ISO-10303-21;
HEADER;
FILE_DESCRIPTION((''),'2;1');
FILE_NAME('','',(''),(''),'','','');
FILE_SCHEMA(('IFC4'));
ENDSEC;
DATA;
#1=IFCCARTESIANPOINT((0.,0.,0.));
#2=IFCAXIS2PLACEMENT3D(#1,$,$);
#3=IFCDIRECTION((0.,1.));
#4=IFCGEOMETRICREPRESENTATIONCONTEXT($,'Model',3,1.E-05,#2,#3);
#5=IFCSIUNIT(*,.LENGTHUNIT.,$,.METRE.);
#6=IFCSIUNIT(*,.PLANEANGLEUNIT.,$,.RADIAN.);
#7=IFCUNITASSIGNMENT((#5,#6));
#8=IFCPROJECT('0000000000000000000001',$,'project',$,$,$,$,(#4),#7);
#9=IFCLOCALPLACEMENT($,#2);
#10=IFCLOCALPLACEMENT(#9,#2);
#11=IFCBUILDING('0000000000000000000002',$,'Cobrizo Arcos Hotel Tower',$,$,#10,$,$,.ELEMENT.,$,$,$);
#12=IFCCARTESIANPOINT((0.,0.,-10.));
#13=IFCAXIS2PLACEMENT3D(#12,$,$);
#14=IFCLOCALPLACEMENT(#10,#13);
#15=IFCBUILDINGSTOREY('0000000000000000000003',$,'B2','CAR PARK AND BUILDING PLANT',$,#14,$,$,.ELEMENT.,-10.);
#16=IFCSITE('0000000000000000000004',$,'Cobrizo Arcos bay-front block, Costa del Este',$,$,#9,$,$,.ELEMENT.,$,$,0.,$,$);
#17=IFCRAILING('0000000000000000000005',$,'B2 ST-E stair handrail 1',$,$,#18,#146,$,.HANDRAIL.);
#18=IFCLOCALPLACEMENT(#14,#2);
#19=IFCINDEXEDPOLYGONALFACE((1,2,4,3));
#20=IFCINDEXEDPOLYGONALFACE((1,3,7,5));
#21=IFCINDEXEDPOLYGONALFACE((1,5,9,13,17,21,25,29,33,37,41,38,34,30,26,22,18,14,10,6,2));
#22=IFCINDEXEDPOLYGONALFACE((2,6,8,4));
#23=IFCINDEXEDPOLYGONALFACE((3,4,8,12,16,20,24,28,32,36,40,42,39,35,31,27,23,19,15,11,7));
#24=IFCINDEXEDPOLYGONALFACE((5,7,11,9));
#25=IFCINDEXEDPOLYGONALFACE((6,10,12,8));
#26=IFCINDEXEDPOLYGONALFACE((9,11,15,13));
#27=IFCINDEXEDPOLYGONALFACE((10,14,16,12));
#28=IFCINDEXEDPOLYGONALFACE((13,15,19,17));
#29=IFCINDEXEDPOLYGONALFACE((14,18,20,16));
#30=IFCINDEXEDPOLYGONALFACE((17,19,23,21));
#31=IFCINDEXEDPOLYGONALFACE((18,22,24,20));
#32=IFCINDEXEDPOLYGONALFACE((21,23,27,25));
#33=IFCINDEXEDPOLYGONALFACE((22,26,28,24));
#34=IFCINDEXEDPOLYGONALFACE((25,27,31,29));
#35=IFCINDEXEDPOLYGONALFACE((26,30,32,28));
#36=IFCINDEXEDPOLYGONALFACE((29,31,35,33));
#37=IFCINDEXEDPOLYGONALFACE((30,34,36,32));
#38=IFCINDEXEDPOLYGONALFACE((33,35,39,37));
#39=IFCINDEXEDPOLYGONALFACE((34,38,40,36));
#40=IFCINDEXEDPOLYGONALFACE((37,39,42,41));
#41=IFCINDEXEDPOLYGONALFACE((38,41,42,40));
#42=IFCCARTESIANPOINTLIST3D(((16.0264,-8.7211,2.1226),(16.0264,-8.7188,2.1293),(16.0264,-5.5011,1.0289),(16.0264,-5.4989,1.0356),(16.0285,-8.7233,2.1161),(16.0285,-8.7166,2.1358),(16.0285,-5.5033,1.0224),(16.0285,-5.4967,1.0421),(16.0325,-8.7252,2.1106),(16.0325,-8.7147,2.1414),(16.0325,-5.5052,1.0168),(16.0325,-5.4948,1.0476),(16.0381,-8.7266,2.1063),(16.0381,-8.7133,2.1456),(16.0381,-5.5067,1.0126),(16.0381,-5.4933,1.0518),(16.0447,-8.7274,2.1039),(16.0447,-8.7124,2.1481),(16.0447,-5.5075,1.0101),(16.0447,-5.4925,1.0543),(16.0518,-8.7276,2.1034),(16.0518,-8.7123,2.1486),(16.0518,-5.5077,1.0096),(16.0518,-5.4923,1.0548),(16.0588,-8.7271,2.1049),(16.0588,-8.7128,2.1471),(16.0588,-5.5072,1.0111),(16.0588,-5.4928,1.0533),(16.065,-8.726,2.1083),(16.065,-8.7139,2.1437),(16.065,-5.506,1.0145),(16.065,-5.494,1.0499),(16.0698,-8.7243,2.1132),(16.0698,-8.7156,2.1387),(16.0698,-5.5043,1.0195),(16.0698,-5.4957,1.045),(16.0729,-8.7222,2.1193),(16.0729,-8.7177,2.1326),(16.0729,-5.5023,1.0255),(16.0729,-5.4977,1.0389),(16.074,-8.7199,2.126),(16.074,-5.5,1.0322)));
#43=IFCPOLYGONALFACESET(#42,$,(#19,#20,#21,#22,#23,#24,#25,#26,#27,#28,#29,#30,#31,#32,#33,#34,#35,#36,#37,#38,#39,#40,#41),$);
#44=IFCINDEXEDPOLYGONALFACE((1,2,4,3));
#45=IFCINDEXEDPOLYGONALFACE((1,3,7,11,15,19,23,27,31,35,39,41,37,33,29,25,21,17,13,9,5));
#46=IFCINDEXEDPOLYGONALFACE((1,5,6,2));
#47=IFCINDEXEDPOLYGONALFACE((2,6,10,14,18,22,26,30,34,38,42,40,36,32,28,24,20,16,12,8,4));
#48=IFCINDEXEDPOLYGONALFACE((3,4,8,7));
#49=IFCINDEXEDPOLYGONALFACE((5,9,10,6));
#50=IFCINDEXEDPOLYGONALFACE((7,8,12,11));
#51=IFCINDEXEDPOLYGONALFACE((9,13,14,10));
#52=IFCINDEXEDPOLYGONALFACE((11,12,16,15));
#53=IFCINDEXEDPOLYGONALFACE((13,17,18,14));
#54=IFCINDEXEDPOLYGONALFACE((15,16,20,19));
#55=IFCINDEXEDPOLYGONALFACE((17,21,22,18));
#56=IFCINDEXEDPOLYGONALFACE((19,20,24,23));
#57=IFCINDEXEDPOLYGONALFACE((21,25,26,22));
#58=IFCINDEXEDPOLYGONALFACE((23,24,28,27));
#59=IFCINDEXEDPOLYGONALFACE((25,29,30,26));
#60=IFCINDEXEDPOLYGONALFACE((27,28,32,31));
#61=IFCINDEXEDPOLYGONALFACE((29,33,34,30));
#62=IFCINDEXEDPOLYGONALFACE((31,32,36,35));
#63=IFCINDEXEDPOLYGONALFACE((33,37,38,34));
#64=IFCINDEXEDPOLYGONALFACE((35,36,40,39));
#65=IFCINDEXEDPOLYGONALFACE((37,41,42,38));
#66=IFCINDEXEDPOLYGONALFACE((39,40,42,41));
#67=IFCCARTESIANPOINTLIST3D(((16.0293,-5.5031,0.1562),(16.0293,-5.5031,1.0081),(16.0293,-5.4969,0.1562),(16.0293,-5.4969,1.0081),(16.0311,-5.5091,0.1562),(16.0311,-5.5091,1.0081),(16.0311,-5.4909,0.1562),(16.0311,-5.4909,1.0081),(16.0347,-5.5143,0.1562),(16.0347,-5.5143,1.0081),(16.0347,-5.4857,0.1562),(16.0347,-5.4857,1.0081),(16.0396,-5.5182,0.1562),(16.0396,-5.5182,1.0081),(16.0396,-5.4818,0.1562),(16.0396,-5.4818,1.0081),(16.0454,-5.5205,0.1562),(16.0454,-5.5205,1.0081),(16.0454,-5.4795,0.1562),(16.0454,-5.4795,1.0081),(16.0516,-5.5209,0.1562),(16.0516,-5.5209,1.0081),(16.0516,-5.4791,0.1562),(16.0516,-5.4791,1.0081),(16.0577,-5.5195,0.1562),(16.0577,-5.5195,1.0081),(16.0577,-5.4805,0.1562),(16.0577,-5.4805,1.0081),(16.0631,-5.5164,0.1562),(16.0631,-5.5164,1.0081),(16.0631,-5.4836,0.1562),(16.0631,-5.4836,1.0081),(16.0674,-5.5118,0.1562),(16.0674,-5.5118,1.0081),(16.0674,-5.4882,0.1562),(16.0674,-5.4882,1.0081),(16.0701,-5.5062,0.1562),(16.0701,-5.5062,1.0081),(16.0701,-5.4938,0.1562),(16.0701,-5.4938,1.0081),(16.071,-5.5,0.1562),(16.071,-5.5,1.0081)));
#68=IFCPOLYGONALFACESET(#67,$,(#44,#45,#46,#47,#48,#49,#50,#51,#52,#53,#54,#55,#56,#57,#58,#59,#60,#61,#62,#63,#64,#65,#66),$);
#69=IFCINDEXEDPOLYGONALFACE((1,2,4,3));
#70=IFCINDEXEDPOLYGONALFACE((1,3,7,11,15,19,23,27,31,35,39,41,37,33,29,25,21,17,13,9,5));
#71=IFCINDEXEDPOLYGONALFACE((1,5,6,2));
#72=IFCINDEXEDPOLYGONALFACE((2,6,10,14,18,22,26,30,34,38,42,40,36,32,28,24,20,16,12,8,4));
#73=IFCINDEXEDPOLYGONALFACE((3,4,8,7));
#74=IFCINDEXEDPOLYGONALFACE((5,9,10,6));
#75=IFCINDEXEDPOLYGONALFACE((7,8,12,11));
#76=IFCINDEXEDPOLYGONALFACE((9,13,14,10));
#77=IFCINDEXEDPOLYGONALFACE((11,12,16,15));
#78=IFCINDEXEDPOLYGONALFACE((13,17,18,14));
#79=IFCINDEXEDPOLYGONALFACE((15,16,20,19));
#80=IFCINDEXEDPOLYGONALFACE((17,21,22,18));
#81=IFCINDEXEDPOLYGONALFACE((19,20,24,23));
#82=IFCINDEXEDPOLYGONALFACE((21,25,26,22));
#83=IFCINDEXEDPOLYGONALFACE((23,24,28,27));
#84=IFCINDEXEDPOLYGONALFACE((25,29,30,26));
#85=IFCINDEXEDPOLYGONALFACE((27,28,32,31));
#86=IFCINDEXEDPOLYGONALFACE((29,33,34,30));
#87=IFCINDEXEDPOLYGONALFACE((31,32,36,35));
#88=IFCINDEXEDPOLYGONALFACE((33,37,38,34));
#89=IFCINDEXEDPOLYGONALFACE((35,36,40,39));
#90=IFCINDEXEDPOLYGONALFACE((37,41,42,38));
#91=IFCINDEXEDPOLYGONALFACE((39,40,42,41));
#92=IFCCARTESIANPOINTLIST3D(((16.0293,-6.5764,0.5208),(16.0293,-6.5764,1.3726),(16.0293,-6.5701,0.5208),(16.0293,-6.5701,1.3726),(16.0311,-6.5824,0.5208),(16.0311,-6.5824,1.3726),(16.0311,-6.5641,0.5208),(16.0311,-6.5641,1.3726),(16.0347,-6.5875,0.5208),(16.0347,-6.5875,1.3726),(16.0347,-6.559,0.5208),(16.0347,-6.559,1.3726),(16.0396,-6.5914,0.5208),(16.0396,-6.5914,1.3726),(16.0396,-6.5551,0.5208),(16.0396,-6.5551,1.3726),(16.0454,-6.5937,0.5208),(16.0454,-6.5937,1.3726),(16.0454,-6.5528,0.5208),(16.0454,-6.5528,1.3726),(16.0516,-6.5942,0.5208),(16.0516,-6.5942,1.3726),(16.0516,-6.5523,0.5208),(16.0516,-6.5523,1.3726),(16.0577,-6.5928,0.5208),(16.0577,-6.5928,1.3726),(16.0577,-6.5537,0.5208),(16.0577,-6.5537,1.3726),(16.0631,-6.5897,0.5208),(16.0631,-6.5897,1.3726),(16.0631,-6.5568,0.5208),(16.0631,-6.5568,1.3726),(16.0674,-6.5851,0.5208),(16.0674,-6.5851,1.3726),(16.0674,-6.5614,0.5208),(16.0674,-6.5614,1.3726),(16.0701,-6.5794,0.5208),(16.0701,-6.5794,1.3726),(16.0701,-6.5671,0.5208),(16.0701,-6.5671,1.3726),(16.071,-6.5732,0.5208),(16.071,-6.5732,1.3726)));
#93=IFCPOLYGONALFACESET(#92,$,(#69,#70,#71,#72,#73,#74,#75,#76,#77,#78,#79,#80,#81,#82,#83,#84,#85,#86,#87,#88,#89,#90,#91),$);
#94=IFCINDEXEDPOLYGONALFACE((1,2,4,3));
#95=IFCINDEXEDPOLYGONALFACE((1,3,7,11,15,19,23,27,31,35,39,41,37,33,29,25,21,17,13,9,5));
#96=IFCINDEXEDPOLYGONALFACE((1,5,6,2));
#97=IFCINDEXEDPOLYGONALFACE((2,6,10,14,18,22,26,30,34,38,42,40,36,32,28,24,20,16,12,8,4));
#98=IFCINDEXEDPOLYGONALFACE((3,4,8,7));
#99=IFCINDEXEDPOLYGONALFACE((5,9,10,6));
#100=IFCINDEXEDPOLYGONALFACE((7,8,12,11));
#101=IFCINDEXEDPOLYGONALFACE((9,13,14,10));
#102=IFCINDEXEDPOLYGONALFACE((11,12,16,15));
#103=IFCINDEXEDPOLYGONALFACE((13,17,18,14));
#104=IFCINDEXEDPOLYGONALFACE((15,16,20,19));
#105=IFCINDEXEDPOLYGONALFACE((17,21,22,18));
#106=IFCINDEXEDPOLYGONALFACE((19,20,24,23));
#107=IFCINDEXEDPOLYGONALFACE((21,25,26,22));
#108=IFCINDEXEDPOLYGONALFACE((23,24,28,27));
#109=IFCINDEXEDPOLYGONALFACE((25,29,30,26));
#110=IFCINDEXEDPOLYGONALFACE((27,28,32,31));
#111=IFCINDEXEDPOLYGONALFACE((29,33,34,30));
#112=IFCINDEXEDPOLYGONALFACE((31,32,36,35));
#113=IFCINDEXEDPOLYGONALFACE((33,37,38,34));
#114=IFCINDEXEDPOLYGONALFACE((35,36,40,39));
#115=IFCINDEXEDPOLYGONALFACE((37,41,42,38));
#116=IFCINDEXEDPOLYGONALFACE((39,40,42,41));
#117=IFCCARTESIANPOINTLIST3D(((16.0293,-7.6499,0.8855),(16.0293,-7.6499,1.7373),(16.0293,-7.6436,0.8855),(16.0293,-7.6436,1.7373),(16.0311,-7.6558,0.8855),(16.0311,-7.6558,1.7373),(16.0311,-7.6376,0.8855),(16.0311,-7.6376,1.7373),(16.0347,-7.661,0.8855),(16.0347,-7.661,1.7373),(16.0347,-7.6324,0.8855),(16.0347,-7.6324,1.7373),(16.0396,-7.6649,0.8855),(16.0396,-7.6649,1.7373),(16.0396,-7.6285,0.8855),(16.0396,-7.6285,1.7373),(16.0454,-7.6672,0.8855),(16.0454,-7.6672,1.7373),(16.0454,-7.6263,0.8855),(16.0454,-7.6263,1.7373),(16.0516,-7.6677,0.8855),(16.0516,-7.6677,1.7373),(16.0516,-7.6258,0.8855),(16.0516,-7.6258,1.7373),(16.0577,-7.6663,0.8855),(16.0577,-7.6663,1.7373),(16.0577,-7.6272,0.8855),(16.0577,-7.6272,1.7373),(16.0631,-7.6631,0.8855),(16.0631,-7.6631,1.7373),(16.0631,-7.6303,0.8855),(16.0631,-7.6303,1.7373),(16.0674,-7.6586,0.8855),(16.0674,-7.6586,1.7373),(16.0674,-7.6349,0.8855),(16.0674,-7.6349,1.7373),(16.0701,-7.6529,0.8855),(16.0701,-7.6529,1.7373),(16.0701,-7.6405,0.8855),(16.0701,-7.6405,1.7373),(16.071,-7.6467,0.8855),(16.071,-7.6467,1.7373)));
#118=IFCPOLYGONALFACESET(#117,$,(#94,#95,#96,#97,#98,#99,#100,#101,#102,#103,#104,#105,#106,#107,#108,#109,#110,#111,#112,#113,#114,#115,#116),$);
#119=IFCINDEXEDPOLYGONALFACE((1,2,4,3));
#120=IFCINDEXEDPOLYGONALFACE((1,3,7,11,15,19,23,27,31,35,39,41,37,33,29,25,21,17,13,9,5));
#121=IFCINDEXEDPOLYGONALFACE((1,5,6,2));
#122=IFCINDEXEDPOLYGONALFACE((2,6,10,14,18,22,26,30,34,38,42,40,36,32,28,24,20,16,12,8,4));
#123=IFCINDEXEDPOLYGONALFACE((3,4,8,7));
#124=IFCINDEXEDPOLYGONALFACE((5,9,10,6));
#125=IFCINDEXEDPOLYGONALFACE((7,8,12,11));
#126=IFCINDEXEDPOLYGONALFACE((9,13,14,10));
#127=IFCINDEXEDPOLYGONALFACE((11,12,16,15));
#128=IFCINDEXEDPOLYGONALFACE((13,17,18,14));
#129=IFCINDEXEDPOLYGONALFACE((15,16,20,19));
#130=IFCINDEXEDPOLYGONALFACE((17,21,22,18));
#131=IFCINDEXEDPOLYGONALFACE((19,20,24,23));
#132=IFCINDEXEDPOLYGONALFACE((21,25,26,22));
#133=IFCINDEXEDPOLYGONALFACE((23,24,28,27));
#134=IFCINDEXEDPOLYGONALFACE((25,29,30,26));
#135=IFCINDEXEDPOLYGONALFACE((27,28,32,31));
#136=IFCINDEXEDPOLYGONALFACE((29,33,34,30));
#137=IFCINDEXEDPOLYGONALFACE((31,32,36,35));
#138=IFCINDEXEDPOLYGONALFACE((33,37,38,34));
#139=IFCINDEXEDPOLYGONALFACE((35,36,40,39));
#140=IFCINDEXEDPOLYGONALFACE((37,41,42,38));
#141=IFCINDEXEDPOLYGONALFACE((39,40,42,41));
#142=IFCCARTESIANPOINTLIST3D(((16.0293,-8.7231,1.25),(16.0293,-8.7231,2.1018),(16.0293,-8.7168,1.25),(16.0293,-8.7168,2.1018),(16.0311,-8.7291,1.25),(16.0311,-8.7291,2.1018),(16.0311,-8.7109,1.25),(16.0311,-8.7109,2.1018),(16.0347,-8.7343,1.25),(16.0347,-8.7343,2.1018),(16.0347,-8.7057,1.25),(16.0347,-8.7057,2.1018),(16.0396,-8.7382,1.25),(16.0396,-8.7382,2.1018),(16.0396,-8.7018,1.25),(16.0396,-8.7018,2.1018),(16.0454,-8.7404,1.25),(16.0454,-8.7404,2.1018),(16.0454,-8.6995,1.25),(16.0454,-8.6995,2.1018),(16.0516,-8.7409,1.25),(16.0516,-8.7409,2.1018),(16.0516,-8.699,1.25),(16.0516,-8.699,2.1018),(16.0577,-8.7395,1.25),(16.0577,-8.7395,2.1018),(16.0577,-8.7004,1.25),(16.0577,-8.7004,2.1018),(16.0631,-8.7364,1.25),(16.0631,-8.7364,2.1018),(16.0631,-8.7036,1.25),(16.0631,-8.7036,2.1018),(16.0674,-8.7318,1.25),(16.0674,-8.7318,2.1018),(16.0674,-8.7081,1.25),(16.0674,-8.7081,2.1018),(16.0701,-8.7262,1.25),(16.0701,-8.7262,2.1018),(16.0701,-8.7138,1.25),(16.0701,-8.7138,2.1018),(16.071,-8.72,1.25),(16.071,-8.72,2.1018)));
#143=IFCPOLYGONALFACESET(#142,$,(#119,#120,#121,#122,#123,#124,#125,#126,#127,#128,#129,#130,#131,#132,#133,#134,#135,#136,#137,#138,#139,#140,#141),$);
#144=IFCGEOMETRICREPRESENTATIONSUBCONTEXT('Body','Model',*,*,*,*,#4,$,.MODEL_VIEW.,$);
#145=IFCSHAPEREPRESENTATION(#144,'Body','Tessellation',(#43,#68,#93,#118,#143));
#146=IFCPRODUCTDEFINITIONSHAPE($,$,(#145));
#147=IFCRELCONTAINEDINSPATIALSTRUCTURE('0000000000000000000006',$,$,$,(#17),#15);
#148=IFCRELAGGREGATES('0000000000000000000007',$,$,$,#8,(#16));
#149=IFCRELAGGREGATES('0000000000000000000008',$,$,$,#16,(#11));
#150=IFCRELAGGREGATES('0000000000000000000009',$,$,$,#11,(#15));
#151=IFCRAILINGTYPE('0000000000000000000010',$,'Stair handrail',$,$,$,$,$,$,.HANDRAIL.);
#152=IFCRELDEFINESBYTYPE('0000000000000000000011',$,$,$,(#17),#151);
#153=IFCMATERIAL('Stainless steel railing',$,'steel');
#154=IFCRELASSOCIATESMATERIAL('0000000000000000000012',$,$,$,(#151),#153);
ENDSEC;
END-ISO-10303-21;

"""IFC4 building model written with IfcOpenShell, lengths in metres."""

from ifc_helpers import new_model, si_unit, direction, frame, origin, origin_2d, place, context, subcontext, project, spatial, circle, extrude, material, type_object, element, save


model = new_model("IFC4")

# Units and contexts
model_context = context("Model", 3, precision=1e-05, world=origin(), true_north=direction((0.0, 1.0)))
body_context = subcontext(model_context, "Body", "Model", "MODEL_VIEW")
ifc_project = project(units=[si_unit("LENGTHUNIT", "METRE"), si_unit("PLANEANGLEUNIT", "RADIAN")], contexts=[model_context])

# Site, building, storey
site_placement = place(None, origin())
site = spatial("IfcSite", under=ifc_project, at=site_placement, Name="Cobrizo Arcos bay-front block, Costa del Este", CompositionType="ELEMENT", RefElevation=0.0)
building_placement = place(site_placement, origin())
building = spatial("IfcBuilding", under=site, at=building_placement, Name="Cobrizo Arcos Hotel Tower", CompositionType="ELEMENT")
storey_placement = place(building_placement, frame((0.0, 0.0, -10.0)))
storey = spatial("IfcBuildingStorey", under=building, at=storey_placement, Name="B2", Description="CAR PARK AND BUILDING PLANT", CompositionType="ELEMENT", Elevation=-10.0)

# Railing
ifc_material_1 = material(Name="Stainless steel railing", Category="steel")
railing_type_1 = type_object("IfcRailingType", Name="Stair handrail", PredefinedType="HANDRAIL", material=ifc_material_1)
railing_1_placement = place(storey_placement, frame((16.05, -5.5, 0.1562)))
element("IfcRailing", 1, at=railing_1_placement, inside=storey, type_object=railing_type_1, Name="B2 ST-E stair handrail 1", PredefinedType="HANDRAIL", context=body_context, shape_type="SweptSolid", body=[
    extrude(circle(Radius=0.0239, at=origin_2d()), frame((0.0, 0.0, 0.876), z_axis=(0.0, -0.946866, 0.321629), x_axis=(1.0, 0.0, 0.0)), (0.0, 0.0, 1.0), 3.4006),
    extrude(circle(Radius=0.021, at=origin_2d()), origin(), (0.0, 0.0, 1.0), 0.8518),
    extrude(circle(Radius=0.021, at=origin_2d()), frame((0.0, -1.0732, 0.3645)), (0.0, 0.0, 1.0), 0.8518),
    extrude(circle(Radius=0.021, at=origin_2d()), frame((0.0, -2.1467, 0.7292)), (0.0, 0.0, 1.0), 0.8518),
    extrude(circle(Radius=0.021, at=origin_2d()), frame((0.0, -3.22, 1.0938)), (0.0, 0.0, 1.0), 0.8518),
])

save(model, "model.ifc")
